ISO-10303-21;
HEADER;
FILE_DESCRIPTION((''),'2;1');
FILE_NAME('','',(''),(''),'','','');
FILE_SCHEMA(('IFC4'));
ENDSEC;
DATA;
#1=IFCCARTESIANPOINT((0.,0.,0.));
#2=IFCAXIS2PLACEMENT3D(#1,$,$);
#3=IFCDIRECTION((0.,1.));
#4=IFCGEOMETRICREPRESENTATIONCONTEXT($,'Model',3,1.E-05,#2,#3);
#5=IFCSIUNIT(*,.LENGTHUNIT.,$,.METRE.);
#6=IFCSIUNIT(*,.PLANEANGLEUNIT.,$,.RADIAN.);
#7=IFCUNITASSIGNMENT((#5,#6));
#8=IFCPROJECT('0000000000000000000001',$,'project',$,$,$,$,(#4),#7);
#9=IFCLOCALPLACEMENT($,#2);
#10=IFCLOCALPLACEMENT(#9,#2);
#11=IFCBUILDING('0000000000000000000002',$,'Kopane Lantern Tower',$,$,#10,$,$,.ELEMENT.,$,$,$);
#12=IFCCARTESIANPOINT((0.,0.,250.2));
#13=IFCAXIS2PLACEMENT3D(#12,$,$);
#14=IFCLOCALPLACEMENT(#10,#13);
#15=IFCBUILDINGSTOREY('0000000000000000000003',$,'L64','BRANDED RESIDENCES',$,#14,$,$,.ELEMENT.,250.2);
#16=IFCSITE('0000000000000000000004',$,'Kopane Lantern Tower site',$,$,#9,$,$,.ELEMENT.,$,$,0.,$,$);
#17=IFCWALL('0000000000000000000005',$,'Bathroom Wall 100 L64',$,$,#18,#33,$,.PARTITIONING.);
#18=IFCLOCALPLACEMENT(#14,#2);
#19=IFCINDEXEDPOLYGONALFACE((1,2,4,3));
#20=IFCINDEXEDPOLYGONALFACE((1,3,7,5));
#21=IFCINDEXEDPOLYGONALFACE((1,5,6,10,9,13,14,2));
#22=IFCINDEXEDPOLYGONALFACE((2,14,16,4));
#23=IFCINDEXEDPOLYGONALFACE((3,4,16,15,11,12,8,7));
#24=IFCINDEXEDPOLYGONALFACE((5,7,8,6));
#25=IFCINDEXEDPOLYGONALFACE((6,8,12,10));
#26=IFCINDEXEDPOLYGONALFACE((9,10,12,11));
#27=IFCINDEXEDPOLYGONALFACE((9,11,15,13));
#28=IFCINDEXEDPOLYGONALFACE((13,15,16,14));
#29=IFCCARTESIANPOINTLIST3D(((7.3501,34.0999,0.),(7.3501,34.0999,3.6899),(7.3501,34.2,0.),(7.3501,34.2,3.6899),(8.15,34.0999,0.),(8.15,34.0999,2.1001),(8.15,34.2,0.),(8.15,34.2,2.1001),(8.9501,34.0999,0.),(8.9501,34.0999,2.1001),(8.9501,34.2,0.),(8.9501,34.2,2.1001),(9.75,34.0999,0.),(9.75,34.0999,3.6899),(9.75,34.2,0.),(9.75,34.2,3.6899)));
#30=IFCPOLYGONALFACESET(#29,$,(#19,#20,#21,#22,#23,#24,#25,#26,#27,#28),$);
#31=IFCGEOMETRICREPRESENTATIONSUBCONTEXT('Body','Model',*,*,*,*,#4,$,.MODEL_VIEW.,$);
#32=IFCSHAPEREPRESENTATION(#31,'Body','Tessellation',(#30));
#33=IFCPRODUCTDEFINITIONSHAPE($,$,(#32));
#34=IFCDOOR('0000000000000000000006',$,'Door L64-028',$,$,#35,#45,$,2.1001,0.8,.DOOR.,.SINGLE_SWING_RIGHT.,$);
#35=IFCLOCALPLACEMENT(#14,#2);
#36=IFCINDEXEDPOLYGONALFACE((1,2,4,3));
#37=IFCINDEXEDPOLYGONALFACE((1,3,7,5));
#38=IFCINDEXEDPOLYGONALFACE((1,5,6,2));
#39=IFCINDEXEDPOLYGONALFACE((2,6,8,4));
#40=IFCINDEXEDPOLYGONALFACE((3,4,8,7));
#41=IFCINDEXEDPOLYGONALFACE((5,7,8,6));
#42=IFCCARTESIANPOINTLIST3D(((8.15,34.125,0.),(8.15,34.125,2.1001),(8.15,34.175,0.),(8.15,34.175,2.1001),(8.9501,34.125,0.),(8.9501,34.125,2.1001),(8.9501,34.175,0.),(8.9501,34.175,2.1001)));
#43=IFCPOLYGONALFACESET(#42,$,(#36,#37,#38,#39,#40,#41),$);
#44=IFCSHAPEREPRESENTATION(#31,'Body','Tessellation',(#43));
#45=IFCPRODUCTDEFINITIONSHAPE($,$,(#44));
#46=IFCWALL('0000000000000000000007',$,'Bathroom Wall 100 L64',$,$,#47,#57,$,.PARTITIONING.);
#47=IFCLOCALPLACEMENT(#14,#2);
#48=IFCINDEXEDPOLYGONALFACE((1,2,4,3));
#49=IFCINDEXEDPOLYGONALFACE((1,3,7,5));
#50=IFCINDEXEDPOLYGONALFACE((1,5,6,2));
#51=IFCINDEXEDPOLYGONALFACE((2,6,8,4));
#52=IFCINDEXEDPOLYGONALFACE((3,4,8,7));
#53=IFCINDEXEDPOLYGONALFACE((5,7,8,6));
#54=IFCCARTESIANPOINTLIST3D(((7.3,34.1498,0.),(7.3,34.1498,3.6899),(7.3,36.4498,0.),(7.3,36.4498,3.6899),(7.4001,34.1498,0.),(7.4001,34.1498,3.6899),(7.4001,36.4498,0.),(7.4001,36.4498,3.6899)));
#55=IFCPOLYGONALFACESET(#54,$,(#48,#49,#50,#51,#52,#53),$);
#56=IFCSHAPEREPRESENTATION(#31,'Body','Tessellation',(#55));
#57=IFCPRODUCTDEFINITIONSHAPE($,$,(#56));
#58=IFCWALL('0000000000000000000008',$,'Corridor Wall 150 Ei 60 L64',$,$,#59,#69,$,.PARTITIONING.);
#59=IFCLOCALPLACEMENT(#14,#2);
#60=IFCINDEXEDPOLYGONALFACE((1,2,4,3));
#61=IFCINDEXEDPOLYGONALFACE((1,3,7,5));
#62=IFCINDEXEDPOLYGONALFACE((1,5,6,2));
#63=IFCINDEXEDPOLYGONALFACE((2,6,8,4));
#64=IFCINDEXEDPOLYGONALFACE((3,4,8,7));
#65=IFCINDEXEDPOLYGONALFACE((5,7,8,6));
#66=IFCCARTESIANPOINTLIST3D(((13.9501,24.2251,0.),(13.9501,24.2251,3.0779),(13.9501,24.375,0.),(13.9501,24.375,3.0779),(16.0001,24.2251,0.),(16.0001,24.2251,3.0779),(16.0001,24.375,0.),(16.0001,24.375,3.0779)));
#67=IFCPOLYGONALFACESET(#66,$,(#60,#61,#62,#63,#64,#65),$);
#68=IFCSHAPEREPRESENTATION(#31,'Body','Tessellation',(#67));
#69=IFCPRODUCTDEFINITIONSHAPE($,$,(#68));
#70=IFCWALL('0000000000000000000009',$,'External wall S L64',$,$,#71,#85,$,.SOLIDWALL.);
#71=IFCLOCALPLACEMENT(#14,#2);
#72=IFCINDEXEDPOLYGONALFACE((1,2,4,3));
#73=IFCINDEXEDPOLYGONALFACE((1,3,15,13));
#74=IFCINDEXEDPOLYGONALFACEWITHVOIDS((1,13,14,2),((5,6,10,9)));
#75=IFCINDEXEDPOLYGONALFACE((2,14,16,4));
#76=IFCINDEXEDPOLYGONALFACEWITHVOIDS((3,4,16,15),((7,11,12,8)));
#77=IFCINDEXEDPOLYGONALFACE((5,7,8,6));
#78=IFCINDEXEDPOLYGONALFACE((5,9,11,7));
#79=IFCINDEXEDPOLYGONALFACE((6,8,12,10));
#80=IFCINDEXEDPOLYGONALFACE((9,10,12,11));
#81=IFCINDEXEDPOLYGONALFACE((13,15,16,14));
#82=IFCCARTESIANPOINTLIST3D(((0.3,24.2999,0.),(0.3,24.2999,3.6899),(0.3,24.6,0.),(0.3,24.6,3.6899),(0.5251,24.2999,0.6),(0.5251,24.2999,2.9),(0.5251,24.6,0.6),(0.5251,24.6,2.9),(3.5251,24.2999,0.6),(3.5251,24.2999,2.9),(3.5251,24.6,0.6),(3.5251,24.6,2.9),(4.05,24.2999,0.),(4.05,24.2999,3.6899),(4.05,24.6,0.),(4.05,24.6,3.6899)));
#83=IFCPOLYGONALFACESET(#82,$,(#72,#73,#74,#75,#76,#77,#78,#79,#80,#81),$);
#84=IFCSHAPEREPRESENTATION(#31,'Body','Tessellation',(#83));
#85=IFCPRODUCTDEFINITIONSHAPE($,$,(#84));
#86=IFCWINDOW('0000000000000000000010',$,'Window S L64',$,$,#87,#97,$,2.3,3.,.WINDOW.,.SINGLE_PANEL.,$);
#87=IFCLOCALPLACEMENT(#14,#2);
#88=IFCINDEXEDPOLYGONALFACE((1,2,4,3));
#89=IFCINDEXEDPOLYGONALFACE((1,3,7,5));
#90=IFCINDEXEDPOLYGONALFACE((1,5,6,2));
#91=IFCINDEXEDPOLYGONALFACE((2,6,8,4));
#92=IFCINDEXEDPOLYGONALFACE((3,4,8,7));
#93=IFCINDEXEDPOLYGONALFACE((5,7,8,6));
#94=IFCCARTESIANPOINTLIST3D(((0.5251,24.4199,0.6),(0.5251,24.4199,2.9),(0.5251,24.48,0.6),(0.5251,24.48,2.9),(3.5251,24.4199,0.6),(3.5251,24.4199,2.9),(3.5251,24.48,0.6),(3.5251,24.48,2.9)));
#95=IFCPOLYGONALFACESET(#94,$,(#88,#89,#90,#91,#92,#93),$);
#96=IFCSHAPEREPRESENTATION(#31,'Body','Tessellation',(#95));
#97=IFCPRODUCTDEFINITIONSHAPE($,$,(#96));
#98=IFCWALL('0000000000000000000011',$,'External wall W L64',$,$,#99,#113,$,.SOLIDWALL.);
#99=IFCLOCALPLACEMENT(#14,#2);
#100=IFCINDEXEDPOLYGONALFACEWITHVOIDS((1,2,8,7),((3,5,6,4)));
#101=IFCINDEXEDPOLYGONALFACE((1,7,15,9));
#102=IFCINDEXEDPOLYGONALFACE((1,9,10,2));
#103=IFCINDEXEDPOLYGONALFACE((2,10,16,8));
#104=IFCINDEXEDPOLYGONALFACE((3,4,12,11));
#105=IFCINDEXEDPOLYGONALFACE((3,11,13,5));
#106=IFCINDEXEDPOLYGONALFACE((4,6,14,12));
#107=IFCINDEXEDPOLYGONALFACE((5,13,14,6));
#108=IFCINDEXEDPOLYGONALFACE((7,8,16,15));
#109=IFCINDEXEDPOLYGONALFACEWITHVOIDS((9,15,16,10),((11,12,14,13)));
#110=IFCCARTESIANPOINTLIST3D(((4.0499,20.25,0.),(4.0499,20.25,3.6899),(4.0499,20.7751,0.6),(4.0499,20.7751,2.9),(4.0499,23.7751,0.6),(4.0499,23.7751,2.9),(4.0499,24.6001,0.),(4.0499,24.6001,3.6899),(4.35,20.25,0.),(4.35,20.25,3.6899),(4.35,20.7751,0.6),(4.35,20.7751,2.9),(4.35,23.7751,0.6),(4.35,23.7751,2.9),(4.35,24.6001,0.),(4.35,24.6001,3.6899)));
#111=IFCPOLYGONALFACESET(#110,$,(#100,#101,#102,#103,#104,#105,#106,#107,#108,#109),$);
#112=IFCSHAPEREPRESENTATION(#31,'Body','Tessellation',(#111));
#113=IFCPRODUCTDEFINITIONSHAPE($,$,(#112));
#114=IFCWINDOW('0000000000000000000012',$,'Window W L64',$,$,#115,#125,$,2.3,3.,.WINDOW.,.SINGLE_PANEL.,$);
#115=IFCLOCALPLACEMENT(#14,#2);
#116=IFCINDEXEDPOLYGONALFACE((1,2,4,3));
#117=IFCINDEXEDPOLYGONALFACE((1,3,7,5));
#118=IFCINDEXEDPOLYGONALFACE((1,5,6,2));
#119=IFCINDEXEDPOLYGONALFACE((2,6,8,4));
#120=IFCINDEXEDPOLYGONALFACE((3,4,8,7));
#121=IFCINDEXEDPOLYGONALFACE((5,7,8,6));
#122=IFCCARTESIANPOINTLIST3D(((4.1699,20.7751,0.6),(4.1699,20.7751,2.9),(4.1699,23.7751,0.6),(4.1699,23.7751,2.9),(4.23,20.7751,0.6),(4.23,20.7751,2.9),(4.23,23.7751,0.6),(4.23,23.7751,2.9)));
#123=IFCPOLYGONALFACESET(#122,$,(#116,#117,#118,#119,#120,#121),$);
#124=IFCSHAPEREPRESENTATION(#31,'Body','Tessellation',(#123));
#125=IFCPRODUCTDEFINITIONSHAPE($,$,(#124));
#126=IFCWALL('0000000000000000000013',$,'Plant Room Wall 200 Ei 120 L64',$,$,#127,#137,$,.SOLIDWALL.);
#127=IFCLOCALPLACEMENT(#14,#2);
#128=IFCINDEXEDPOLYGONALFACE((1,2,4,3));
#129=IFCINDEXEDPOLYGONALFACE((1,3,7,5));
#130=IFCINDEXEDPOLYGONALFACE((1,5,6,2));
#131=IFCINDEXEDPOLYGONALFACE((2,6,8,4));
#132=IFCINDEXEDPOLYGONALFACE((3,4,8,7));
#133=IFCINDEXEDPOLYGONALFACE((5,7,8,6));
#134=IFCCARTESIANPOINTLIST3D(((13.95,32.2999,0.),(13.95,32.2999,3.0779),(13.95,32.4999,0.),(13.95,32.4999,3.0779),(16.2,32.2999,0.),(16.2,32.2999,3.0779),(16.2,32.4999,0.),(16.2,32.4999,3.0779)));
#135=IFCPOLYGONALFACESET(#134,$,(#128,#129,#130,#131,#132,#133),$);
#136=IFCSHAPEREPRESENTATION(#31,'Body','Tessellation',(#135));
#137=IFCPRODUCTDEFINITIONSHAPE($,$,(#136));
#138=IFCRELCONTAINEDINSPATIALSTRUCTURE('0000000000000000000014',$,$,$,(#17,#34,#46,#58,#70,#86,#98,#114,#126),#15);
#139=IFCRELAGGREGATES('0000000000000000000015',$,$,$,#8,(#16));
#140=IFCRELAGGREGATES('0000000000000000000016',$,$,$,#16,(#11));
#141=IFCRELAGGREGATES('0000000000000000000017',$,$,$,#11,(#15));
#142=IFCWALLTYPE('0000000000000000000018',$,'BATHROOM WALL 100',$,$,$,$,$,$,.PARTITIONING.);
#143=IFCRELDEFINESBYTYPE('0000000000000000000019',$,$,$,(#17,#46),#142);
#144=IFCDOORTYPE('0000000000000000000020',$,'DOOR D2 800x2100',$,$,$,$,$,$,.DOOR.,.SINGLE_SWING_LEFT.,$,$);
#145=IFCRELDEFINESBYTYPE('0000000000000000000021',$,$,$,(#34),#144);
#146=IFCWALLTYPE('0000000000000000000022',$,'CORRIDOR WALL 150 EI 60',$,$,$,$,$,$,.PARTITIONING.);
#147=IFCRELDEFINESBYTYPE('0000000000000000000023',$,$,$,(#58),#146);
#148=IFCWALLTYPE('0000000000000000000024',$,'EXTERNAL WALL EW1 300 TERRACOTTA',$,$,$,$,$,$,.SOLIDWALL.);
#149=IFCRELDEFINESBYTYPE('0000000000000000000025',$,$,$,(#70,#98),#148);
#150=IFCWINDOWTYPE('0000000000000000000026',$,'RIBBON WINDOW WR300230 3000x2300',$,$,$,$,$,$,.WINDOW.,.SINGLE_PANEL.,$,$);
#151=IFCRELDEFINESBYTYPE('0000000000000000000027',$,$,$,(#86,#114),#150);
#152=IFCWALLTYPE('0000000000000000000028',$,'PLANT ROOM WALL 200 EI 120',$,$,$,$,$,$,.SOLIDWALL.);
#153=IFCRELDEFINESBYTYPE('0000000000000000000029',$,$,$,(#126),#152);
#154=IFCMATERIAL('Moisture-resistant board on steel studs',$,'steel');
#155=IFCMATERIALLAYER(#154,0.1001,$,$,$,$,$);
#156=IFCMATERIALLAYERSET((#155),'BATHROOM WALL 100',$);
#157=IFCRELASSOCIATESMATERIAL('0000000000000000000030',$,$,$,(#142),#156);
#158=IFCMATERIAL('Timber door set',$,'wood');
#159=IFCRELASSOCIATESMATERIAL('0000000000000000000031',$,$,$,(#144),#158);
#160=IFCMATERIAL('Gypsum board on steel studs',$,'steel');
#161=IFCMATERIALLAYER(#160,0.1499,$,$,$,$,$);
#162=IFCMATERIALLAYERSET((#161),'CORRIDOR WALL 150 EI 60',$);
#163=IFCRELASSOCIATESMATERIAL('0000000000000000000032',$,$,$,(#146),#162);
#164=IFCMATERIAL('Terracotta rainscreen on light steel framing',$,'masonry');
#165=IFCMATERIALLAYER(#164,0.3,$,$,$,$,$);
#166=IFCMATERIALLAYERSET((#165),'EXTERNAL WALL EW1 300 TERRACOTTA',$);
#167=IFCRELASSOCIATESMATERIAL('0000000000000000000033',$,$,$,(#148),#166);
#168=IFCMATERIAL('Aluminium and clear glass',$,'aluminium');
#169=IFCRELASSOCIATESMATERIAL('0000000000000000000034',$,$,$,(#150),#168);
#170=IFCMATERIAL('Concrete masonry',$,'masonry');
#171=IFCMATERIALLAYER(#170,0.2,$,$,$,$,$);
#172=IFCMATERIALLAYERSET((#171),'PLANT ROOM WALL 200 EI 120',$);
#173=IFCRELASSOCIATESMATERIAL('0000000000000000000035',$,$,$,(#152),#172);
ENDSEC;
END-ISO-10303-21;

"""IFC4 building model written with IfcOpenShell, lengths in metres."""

from ifc_helpers import new_model, si_unit, direction, frame, frame_2d, origin, place, context, subcontext, project, spatial, rectangle, extrude, material, layer, layer_set, type_object, element, fill, save


model = new_model("IFC4")

# Units and contexts
model_context = context("Model", 3, precision=1e-05, world=origin(), true_north=direction((0.0, 1.0)))
body_context = subcontext(model_context, "Body", "Model", "MODEL_VIEW")
ifc_project = project(units=[si_unit("LENGTHUNIT", "METRE"), si_unit("PLANEANGLEUNIT", "RADIAN")], contexts=[model_context])

# Site, building, storey
site_placement = place(None, origin())
site = spatial("IfcSite", under=ifc_project, at=site_placement, Name="Kopane Lantern Tower site", CompositionType="ELEMENT", RefElevation=0.0)
building_placement = place(site_placement, origin())
building = spatial("IfcBuilding", under=site, at=building_placement, Name="Kopane Lantern Tower", CompositionType="ELEMENT")
storey_placement = place(building_placement, frame((0.0, 0.0, 250.2)))
storey = spatial("IfcBuildingStorey", under=building, at=storey_placement, Name="L64", Description="BRANDED RESIDENCES", CompositionType="ELEMENT", Elevation=250.2)

# Wall, opening, door
ifc_material_1 = material(Name="Moisture-resistant board on steel studs", Category="steel")
ifc_layer_1 = layer(ifc_material_1, 0.1001)
ifc_layer_set_1 = layer_set([ifc_layer_1], Name="BATHROOM WALL 100")
wall_type_1 = type_object("IfcWallType", Name="BATHROOM WALL 100", PredefinedType="PARTITIONING", material=ifc_layer_set_1)
wall_1_placement = place(storey_placement, frame((9.75, 34.1499, 0.0), z_axis=(0.0, 0.0, 1.0), x_axis=(-1.0, 0.0, 0.0)))
wall_1 = element("IfcWall", 1, at=wall_1_placement, inside=storey, type_object=wall_type_1, Name="Bathroom Wall 100 L64", PredefinedType="PARTITIONING", context=body_context, shape_type="SweptSolid", body=[
    extrude(rectangle(XDim=2.3999, YDim=0.1001, at=frame_2d((1.2, 0.0))), origin(), (0.0, 0.0, 1.0), 3.6899),
])
opening_1_placement = place(wall_1_placement, frame((0.8, 0.0, 0.0)))
opening_1 = element("IfcOpeningElement", 2, at=opening_1_placement, cuts=wall_1, PredefinedType="OPENING", context=body_context, shape_type="SweptSolid", body=[
    extrude(rectangle(XDim=0.8, YDim=2.1001, at=frame_2d((0.3999, 1.05))), frame((0.0, 0.0601, 0.0), z_axis=(0.0, -1.0, 0.0), x_axis=(1.0, 0.0, 0.0)), (0.0, 0.0, 1.0), 0.1201),
])
ifc_material_2 = material(Name="Timber door set", Category="wood")
door_type_1 = type_object("IfcDoorType", Name="DOOR D2 800x2100", OperationType="SINGLE_SWING_LEFT", PredefinedType="DOOR", material=ifc_material_2)
door_1_placement = place(opening_1_placement, origin())
door_1 = element("IfcDoor", 3, at=door_1_placement, inside=storey, type_object=door_type_1, Name="Door L64-028", OperationType="SINGLE_SWING_RIGHT", OverallHeight=2.1001, OverallWidth=0.8, PredefinedType="DOOR", context=body_context, shape_type="SweptSolid", body=[
    extrude(rectangle(XDim=0.8, YDim=2.1001, at=frame_2d((0.3999, 1.05))), frame((0.0, 0.0249, 0.0), z_axis=(0.0, -1.0, 0.0), x_axis=(1.0, 0.0, 0.0)), (0.0, 0.0, 1.0), 0.05),
])
fill(opening_1, door_1)

# Wall
wall_2_placement = place(storey_placement, frame((7.3501, 34.1499, 0.0), z_axis=(0.0, 0.0, 1.0), x_axis=(0.0, 1.0, 0.0)))
element("IfcWall", 4, at=wall_2_placement, inside=storey, type_object=wall_type_1, Name="Bathroom Wall 100 L64", PredefinedType="PARTITIONING", context=body_context, shape_type="SweptSolid", body=[
    extrude(rectangle(XDim=2.3, YDim=0.1001, at=frame_2d((1.1499, 0.0))), origin(), (0.0, 0.0, 1.0), 3.6899),
])

# Wall
ifc_material_3 = material(Name="Gypsum board on steel studs", Category="steel")
ifc_layer_2 = layer(ifc_material_3, 0.1499)
ifc_layer_set_2 = layer_set([ifc_layer_2], Name="CORRIDOR WALL 150 EI 60")
wall_type_2 = type_object("IfcWallType", Name="CORRIDOR WALL 150 EI 60", PredefinedType="PARTITIONING", material=ifc_layer_set_2)
wall_3_placement = place(storey_placement, frame((16.0, 24.3, 0.0), z_axis=(0.0, 0.0, 1.0), x_axis=(-1.0, 0.0, 0.0)))
element("IfcWall", 5, at=wall_3_placement, inside=storey, type_object=wall_type_2, Name="Corridor Wall 150 Ei 60 L64", PredefinedType="PARTITIONING", context=body_context, shape_type="SweptSolid", body=[
    extrude(rectangle(XDim=2.05, YDim=0.1499, at=frame_2d((1.0249, 0.0))), origin(), (0.0, 0.0, 1.0), 3.0779),
])

# Walls, openings, windows
ifc_material_4 = material(Name="Terracotta rainscreen on light steel framing", Category="masonry")
ifc_layer_3 = layer(ifc_material_4, 0.3)
ifc_layer_set_3 = layer_set([ifc_layer_3], Name="EXTERNAL WALL EW1 300 TERRACOTTA")
wall_type_3 = type_object("IfcWallType", Name="EXTERNAL WALL EW1 300 TERRACOTTA", PredefinedType="SOLIDWALL", material=ifc_layer_set_3)
wall_4_placement = place(storey_placement, frame((0.3, 24.45, 0.0), z_axis=(0.0, 0.0, 1.0), x_axis=(1.0, 0.0, 0.0)))
wall_4 = element("IfcWall", 6, at=wall_4_placement, inside=storey, type_object=wall_type_3, Name="External wall S L64", PredefinedType="SOLIDWALL", context=body_context, shape_type="SweptSolid", body=[
    extrude(rectangle(XDim=3.75, YDim=0.3, at=frame_2d((1.875, 0.0))), origin(), (0.0, 0.0, 1.0), 3.6899),
])
opening_2_placement = place(wall_4_placement, frame((0.2251, 0.0, 0.6001)))
opening_2 = element("IfcOpeningElement", 7, at=opening_2_placement, cuts=wall_4, PredefinedType="OPENING", context=body_context, shape_type="SweptSolid", body=[
    extrude(rectangle(XDim=3.0, YDim=2.3, at=frame_2d((1.5, 1.1499))), frame((0.0, 0.1599, 0.0), z_axis=(0.0, -1.0, 0.0), x_axis=(1.0, 0.0, 0.0)), (0.0, 0.0, 1.0), 0.3201),
])
ifc_material_5 = material(Name="Aluminium and clear glass", Category="aluminium")
window_type = type_object("IfcWindowType", Name="RIBBON WINDOW WR300230 3000x2300", PartitioningType="SINGLE_PANEL", PredefinedType="WINDOW", material=ifc_material_5)
window_1_placement = place(opening_2_placement, origin())
window_1 = element("IfcWindow", 8, at=window_1_placement, inside=storey, type_object=window_type, Name="Window S L64", OverallHeight=2.3, OverallWidth=3.0, PartitioningType="SINGLE_PANEL", PredefinedType="WINDOW", context=body_context, shape_type="SweptSolid", body=[
    extrude(rectangle(XDim=3.0, YDim=2.3, at=frame_2d((1.5, 1.1499))), frame((0.0, 0.03, 0.0), z_axis=(0.0, -1.0, 0.0), x_axis=(1.0, 0.0, 0.0)), (0.0, 0.0, 1.0), 0.0601),
])
fill(opening_2, window_1)
wall_5_placement = place(storey_placement, frame((4.2, 24.6001, 0.0), z_axis=(0.0, 0.0, 1.0), x_axis=(0.0, -1.0, 0.0)))
wall_5 = element("IfcWall", 9, at=wall_5_placement, inside=storey, type_object=wall_type_3, Name="External wall W L64", PredefinedType="SOLIDWALL", context=body_context, shape_type="SweptSolid", body=[
    extrude(rectangle(XDim=4.3501, YDim=0.3, at=frame_2d((2.175, 0.0))), origin(), (0.0, 0.0, 1.0), 3.6899),
])
opening_3_placement = place(wall_5_placement, frame((0.825, 0.0, 0.6001)))
opening_3 = element("IfcOpeningElement", 10, at=opening_3_placement, cuts=wall_5, PredefinedType="OPENING", context=body_context, shape_type="SweptSolid", body=[
    extrude(rectangle(XDim=3.0, YDim=2.3, at=frame_2d((1.5, 1.1499))), frame((0.0, 0.1599, 0.0), z_axis=(0.0, -1.0, 0.0), x_axis=(1.0, 0.0, 0.0)), (0.0, 0.0, 1.0), 0.3201),
])
window_2_placement = place(opening_3_placement, origin())
window_2 = element("IfcWindow", 11, at=window_2_placement, inside=storey, type_object=window_type, Name="Window W L64", OverallHeight=2.3, OverallWidth=3.0, PartitioningType="SINGLE_PANEL", PredefinedType="WINDOW", context=body_context, shape_type="SweptSolid", body=[
    extrude(rectangle(XDim=3.0, YDim=2.3, at=frame_2d((1.5, 1.1499))), frame((0.0, 0.03, 0.0), z_axis=(0.0, -1.0, 0.0), x_axis=(1.0, 0.0, 0.0)), (0.0, 0.0, 1.0), 0.0601),
])
fill(opening_3, window_2)

# Wall
ifc_material_6 = material(Name="Concrete masonry", Category="masonry")
ifc_layer_4 = layer(ifc_material_6, 0.2)
ifc_layer_set_4 = layer_set([ifc_layer_4], Name="PLANT ROOM WALL 200 EI 120")
wall_type_4 = type_object("IfcWallType", Name="PLANT ROOM WALL 200 EI 120", PredefinedType="SOLIDWALL", material=ifc_layer_set_4)
wall_6_placement = place(storey_placement, frame((13.95, 32.3999, 0.0), z_axis=(0.0, 0.0, 1.0), x_axis=(1.0, 0.0, 0.0)))
element("IfcWall", 12, at=wall_6_placement, inside=storey, type_object=wall_type_4, Name="Plant Room Wall 200 Ei 120 L64", PredefinedType="SOLIDWALL", context=body_context, shape_type="SweptSolid", body=[
    extrude(rectangle(XDim=2.25, YDim=0.2, at=frame_2d((1.125, 0.0))), origin(), (0.0, 0.0, 1.0), 3.0779),
])

save(model, "model.ifc")
